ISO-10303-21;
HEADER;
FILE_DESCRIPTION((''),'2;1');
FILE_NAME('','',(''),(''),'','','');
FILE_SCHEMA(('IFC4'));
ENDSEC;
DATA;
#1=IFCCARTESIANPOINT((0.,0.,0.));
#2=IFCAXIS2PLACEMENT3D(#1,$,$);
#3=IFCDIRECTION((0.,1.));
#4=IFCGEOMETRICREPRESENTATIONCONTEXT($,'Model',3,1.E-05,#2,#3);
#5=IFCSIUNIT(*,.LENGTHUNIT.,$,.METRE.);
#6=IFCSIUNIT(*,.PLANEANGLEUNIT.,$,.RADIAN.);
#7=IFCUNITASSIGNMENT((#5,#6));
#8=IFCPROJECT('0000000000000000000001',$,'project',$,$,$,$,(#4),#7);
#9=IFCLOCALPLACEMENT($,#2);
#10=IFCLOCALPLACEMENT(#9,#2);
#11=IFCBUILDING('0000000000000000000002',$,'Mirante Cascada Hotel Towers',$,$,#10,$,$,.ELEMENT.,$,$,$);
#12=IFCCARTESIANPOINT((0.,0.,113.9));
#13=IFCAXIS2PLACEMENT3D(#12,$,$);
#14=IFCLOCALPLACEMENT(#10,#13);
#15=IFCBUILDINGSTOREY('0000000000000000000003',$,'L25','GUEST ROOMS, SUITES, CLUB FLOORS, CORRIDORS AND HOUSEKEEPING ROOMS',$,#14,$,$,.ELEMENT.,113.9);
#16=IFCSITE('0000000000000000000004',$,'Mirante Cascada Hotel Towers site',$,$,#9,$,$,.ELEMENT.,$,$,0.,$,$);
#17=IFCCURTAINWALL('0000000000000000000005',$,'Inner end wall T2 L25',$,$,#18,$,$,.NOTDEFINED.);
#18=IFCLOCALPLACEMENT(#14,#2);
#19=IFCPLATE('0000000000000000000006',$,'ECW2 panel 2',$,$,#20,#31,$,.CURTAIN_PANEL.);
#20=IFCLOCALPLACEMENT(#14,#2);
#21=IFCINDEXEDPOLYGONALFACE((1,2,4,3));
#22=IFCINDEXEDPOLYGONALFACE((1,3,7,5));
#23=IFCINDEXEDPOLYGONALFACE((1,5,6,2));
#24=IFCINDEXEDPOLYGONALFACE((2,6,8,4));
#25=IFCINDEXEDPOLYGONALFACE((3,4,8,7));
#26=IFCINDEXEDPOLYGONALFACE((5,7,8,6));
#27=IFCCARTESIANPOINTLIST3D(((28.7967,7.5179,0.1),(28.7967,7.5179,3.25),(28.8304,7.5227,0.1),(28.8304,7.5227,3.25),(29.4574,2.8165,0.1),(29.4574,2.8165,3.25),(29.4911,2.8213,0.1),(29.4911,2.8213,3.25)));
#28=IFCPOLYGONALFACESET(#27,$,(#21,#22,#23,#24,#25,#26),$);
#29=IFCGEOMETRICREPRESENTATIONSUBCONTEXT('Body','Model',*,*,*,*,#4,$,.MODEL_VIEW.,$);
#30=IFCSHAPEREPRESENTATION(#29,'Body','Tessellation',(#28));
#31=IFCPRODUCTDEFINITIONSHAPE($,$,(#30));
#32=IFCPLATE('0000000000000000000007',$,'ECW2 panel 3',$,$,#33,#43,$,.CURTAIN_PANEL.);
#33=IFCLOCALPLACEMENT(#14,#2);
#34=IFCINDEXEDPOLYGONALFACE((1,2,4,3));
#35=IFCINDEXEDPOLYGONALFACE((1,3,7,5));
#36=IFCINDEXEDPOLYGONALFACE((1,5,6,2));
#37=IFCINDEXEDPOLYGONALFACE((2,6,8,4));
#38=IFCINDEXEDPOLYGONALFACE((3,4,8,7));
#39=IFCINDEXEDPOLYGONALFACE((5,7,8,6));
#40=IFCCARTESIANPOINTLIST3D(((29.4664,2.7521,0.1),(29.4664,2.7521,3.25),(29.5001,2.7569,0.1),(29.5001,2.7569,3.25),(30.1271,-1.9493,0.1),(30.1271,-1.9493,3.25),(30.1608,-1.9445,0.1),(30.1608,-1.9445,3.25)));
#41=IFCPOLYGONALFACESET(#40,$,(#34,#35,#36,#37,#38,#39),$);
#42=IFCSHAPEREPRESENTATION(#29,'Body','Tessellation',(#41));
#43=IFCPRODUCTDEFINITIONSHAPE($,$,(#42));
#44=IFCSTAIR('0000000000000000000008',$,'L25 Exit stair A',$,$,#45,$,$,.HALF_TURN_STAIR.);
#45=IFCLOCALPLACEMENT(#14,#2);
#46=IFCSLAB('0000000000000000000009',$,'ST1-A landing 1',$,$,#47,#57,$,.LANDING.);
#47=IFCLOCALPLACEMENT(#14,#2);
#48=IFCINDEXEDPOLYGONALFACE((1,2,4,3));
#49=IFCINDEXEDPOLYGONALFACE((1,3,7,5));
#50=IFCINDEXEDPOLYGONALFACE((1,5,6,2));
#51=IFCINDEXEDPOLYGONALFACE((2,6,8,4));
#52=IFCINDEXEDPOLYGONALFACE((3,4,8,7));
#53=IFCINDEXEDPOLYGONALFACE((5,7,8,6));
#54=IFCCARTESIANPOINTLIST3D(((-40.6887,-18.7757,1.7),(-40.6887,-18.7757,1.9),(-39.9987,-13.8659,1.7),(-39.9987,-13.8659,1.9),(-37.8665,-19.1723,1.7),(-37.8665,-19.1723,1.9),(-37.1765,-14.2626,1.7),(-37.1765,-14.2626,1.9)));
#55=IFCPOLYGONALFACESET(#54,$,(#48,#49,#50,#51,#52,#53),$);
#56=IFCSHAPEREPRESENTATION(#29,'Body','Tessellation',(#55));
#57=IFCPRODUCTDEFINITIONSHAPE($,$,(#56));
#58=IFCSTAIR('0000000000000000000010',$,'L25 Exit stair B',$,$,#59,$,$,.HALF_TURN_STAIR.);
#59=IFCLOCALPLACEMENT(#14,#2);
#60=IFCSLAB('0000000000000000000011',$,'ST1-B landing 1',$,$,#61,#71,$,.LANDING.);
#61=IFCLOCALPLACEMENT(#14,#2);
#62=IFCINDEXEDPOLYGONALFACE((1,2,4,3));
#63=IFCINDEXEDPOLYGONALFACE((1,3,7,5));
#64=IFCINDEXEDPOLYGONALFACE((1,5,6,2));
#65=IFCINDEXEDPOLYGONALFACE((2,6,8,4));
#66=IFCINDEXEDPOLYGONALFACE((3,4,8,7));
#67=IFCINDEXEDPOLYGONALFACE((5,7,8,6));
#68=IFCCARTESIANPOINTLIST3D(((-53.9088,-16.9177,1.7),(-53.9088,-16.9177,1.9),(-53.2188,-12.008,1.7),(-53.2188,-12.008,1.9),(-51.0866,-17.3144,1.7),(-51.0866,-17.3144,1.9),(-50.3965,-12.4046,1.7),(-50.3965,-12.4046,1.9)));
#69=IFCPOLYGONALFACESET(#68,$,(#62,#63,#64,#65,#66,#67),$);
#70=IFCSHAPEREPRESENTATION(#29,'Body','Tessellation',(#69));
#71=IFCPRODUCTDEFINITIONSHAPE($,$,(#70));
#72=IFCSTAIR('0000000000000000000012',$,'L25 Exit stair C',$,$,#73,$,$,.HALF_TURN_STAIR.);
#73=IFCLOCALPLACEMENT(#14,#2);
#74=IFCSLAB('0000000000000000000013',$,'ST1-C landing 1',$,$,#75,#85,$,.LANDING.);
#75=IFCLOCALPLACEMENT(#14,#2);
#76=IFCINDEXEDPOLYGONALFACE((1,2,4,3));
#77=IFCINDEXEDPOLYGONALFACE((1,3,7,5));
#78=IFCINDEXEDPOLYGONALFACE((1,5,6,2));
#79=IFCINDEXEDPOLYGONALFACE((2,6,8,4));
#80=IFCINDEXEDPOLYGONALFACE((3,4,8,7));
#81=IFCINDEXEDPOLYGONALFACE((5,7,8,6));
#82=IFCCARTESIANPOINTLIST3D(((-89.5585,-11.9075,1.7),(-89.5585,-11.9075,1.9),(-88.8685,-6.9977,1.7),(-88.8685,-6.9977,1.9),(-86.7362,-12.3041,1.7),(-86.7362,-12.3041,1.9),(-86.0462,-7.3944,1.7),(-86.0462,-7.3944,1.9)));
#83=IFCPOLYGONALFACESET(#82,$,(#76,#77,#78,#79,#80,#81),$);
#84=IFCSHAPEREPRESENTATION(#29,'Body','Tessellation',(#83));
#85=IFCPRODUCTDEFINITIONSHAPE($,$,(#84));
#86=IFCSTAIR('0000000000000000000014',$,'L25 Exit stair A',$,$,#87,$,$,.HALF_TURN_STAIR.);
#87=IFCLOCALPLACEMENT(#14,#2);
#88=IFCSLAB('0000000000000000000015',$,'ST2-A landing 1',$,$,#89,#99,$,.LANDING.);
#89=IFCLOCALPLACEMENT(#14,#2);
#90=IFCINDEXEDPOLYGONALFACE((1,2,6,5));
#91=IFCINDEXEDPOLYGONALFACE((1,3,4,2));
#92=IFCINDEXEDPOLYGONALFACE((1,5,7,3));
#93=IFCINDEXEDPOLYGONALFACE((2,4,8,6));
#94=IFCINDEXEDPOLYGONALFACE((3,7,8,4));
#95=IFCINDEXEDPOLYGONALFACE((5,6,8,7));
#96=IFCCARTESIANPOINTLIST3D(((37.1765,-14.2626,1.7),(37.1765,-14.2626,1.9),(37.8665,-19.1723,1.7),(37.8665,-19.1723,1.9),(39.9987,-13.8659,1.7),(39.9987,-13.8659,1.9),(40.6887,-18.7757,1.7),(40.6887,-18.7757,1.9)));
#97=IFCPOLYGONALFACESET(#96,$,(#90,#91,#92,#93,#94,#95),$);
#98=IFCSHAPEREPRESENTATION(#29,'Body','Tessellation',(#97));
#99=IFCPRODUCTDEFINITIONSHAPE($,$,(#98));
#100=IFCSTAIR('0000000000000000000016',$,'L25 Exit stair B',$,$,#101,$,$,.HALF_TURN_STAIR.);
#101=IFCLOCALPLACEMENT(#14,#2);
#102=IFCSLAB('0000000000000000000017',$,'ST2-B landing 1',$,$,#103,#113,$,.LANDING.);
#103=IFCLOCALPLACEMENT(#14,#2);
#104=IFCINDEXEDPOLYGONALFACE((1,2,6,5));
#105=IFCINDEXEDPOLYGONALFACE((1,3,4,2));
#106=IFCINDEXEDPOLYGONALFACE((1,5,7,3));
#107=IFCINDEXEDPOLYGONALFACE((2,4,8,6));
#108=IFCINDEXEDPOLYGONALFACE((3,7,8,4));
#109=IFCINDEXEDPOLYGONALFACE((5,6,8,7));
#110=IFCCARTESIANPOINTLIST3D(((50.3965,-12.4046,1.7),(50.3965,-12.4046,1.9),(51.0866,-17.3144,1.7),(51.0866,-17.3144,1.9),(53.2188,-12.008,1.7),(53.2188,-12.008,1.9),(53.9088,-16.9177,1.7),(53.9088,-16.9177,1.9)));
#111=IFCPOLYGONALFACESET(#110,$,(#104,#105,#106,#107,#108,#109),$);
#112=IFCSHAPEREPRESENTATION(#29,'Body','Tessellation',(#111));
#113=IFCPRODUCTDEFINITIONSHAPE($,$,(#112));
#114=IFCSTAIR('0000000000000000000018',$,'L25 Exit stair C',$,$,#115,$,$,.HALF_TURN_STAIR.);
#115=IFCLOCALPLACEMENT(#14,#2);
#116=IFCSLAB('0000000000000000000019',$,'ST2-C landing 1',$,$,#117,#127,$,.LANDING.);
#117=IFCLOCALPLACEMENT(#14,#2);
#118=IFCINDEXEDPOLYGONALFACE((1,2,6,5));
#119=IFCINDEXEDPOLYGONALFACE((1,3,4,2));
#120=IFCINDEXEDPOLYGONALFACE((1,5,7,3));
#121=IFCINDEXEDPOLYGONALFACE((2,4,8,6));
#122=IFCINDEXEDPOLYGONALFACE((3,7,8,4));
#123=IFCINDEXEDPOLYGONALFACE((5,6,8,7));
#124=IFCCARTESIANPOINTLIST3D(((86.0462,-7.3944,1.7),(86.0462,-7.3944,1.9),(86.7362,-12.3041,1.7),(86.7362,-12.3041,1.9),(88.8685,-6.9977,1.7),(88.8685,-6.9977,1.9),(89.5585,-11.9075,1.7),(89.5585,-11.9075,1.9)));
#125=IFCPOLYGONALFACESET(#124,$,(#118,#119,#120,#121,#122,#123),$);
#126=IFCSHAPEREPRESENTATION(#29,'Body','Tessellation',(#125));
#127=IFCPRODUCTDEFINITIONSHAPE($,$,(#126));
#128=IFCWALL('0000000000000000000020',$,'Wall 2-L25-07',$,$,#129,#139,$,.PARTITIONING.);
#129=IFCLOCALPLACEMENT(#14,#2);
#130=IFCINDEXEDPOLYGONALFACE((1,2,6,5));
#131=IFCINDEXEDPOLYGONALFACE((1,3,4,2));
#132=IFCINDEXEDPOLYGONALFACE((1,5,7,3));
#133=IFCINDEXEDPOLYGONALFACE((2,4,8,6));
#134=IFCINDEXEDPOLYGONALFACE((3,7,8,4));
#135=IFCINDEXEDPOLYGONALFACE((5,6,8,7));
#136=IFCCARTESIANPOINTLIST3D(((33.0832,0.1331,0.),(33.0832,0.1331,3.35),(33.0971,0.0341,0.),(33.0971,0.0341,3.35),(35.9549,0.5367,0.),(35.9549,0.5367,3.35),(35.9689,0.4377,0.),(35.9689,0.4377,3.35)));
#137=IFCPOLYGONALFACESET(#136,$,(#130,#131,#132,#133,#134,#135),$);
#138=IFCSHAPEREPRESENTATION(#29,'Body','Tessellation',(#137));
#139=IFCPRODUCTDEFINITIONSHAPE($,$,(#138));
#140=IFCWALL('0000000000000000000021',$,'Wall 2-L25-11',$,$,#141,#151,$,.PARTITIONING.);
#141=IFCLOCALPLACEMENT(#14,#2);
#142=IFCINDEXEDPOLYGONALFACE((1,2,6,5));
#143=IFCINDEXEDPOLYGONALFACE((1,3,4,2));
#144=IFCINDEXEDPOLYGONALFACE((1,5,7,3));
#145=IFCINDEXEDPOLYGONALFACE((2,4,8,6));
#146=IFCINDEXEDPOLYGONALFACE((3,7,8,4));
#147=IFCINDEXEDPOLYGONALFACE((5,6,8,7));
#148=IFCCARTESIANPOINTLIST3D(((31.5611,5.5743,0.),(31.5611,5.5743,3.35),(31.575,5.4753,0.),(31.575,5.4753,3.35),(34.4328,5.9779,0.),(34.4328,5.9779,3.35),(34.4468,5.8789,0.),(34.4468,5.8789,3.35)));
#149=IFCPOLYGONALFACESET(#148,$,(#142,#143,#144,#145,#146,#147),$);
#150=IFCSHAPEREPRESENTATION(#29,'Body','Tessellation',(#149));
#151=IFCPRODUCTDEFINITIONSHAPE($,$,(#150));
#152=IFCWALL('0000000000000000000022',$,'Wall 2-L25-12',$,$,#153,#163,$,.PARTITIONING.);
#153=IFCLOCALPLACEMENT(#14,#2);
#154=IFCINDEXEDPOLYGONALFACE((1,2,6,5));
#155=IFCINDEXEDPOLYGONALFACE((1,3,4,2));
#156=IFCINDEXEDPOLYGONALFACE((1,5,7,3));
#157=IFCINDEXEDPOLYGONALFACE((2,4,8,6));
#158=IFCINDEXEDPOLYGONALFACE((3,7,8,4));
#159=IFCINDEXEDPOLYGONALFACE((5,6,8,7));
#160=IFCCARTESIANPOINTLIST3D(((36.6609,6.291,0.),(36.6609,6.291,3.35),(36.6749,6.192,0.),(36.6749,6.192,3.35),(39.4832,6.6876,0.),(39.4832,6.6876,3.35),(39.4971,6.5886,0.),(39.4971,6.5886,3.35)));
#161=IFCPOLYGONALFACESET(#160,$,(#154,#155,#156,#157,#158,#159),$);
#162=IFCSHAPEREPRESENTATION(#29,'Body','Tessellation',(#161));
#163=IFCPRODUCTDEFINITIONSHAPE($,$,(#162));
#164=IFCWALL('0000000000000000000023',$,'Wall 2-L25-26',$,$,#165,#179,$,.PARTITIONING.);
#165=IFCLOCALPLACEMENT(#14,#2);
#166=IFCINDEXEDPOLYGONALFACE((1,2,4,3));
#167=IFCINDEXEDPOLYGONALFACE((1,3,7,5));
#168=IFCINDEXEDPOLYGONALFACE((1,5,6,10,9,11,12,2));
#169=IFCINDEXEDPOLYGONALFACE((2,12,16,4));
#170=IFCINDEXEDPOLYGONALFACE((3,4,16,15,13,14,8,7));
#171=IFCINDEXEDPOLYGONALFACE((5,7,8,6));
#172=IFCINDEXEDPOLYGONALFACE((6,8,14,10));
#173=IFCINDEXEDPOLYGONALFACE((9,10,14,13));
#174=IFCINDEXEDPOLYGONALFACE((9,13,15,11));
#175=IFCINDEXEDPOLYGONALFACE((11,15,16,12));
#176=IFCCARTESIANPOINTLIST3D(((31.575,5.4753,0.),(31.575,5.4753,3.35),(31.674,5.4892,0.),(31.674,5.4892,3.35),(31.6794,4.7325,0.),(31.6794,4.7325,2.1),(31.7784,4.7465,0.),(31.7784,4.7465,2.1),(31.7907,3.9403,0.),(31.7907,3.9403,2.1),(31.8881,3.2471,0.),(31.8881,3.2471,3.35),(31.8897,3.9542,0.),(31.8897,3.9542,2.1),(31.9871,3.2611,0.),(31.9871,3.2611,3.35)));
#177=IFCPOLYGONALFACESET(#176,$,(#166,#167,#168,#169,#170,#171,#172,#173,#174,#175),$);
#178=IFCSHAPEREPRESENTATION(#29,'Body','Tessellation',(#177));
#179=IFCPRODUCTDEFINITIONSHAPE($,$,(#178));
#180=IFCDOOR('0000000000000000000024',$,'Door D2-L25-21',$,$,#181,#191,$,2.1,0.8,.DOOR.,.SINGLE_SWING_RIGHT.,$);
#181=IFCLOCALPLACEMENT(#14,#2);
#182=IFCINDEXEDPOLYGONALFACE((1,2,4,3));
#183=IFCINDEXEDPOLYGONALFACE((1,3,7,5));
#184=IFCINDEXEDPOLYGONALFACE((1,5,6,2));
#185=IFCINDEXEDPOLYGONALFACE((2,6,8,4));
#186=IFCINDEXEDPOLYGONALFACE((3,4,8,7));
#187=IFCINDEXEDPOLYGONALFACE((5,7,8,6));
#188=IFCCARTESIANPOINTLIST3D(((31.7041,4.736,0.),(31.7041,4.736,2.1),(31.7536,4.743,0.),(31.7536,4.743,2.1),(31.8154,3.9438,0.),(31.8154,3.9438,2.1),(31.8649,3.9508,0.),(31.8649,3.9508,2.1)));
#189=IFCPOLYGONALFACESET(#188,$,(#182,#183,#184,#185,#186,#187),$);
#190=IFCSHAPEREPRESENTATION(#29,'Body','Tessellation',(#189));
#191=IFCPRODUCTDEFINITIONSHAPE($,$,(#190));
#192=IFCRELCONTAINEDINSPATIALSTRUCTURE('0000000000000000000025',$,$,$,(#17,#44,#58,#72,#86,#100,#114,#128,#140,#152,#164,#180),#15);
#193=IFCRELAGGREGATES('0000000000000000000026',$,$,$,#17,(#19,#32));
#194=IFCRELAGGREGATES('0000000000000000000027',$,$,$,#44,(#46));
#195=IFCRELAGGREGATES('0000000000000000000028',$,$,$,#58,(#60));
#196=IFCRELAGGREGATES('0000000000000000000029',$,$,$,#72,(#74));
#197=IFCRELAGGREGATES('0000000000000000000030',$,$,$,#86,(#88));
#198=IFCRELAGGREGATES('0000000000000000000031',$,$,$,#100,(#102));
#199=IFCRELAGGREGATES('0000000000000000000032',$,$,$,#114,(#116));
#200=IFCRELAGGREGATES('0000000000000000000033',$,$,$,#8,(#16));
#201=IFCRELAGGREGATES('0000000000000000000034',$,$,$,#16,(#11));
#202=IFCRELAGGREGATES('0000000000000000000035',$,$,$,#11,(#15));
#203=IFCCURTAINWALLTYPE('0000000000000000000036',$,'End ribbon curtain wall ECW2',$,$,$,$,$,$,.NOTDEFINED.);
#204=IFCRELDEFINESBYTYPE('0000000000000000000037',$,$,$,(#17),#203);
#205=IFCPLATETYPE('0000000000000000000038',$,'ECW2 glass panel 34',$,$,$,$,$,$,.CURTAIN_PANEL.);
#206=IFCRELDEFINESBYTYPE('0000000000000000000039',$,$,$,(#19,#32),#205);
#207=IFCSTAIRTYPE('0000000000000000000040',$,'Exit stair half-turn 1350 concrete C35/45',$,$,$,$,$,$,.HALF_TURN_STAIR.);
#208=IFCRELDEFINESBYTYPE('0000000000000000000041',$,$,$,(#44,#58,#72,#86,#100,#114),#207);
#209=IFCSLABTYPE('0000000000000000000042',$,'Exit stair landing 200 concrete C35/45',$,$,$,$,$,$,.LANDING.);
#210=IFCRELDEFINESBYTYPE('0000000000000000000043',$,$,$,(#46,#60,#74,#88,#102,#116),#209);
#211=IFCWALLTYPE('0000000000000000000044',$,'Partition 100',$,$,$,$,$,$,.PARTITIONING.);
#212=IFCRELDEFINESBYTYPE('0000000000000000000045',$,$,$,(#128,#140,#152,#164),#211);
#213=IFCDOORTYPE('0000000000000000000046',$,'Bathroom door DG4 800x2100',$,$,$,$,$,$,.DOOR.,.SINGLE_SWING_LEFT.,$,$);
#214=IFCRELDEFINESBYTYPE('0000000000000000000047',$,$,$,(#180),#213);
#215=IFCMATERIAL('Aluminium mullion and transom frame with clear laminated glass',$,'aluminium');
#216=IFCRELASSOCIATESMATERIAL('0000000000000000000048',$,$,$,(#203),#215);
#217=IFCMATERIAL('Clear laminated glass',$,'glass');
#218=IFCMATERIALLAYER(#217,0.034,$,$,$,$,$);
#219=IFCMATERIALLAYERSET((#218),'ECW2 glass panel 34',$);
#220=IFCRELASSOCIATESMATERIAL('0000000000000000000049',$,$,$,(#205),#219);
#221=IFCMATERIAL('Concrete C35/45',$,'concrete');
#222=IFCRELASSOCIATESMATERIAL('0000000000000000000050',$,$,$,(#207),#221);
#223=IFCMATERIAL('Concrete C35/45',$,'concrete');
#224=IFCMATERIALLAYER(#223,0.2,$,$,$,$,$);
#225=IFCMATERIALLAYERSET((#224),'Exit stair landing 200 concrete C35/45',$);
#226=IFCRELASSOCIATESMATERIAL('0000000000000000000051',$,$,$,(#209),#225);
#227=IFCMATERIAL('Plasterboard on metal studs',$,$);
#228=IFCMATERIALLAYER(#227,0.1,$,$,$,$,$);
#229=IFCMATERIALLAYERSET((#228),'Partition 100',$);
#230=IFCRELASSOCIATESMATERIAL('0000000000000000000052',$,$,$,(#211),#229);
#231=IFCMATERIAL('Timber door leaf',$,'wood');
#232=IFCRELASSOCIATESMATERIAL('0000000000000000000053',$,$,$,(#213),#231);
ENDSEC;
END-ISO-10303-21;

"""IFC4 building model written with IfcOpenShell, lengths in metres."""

from ifc_helpers import new_model, si_unit, direction, frame, frame_2d, origin, origin_2d, place, context, subcontext, project, spatial, polyline, rectangle, outline, extrude, material, layer, layer_set, type_object, element, fill, aggregate, save


model = new_model("IFC4")

# Units and contexts
model_context = context("Model", 3, precision=1e-05, world=origin(), true_north=direction((0.0, 1.0)))
body_context = subcontext(model_context, "Body", "Model", "MODEL_VIEW")
ifc_project = project(units=[si_unit("LENGTHUNIT", "METRE"), si_unit("PLANEANGLEUNIT", "RADIAN")], contexts=[model_context])

# Site, building, storey
site_placement = place(None, origin())
site = spatial("IfcSite", under=ifc_project, at=site_placement, Name="Mirante Cascada Hotel Towers site", CompositionType="ELEMENT", RefElevation=0.0)
building_placement = place(site_placement, origin())
building = spatial("IfcBuilding", under=site, at=building_placement, Name="Mirante Cascada Hotel Towers", CompositionType="ELEMENT")
storey_placement = place(building_placement, frame((0.0, 0.0, 113.9)))
storey = spatial("IfcBuildingStorey", under=building, at=storey_placement, Name="L25", Description="GUEST ROOMS, SUITES, CLUB FLOORS, CORRIDORS AND HOUSEKEEPING ROOMS", CompositionType="ELEMENT", Elevation=113.9)

# Curtain wall
ifc_material_1 = material(Name="Aluminium mullion and transom frame with clear laminated glass", Category="aluminium")
curtain_wall_type_1 = type_object("IfcCurtainWallType", Name="End ribbon curtain wall ECW2", PredefinedType="NOTDEFINED", material=ifc_material_1)
curtain_wall_1_placement = place(storey_placement, origin())
curtain_wall_1 = element("IfcCurtainWall", 1, at=curtain_wall_1_placement, inside=storey, type_object=curtain_wall_type_1, Name="Inner end wall T2 L25", PredefinedType="NOTDEFINED")

# Plates
ifc_material_2 = material(Name="Clear laminated glass", Category="glass")
ifc_layer_1 = layer(ifc_material_2, 0.034)
ifc_layer_set_1 = layer_set([ifc_layer_1], Name="ECW2 glass panel 34")
plate_type_1 = type_object("IfcPlateType", Name="ECW2 glass panel 34", PredefinedType="CURTAIN_PANEL", material=ifc_layer_set_1)
plate_1_placement = place(storey_placement, frame((29.1439, 5.1696, 0.1), z_axis=(0.0, 0.0, 1.0), x_axis=(0.139173, -0.990268, 0.0)))
plate_1 = element("IfcPlate", 2, at=plate_1_placement, type_object=plate_type_1, Name="ECW2 panel 2", PredefinedType="CURTAIN_PANEL", context=body_context, shape_type="SweptSolid", body=[
    extrude(rectangle(XDim=4.7476, YDim=0.034, at=origin_2d()), origin(), (0.0, 0.0, 1.0), 3.15),
])
plate_2_placement = place(storey_placement, frame((29.8136, 0.4038, 0.1), z_axis=(0.0, 0.0, 1.0), x_axis=(0.139173, -0.990268, 0.0)))
plate_2 = element("IfcPlate", 3, at=plate_2_placement, type_object=plate_type_1, Name="ECW2 panel 3", PredefinedType="CURTAIN_PANEL", context=body_context, shape_type="SweptSolid", body=[
    extrude(rectangle(XDim=4.7476, YDim=0.034, at=origin_2d()), origin(), (0.0, 0.0, 1.0), 3.15),
])
aggregate(curtain_wall_1, [plate_1, plate_2])

# Stairs, slabs
ifc_material_3 = material(Name="Concrete C35/45", Category="concrete")
stair_type = type_object("IfcStairType", Name="Exit stair half-turn 1350 concrete C35/45", PredefinedType="HALF_TURN_STAIR", material=ifc_material_3)
stair_1_placement = place(storey_placement, origin())
stair_1 = element("IfcStair", 4, at=stair_1_placement, inside=storey, type_object=stair_type, Name="L25 Exit stair A", PredefinedType="HALF_TURN_STAIR")
ifc_material_4 = material(Name="Concrete C35/45", Category="concrete")
ifc_layer_2 = layer(ifc_material_4, 0.2)
ifc_layer_set_2 = layer_set([ifc_layer_2], Name="Exit stair landing 200 concrete C35/45")
slab_type = type_object("IfcSlabType", Name="Exit stair landing 200 concrete C35/45", PredefinedType="LANDING", material=ifc_layer_set_2)
slab_1_placement = place(storey_placement, frame((0.0, 0.0, 1.7)))
slab_1 = element("IfcSlab", 5, at=slab_1_placement, type_object=slab_type, Name="ST1-A landing 1", PredefinedType="LANDING", context=body_context, shape_type="SweptSolid", body=[
    extrude(outline(polyline([(-39.9987, -13.8659), (-40.6887, -18.7757), (-37.8665, -19.1723), (-37.1765, -14.2626), (-39.9987, -13.8659)])), origin(), (0.0, 0.0, 1.0), 0.2),
])
aggregate(stair_1, [slab_1])
stair_2_placement = place(storey_placement, origin())
stair_2 = element("IfcStair", 6, at=stair_2_placement, inside=storey, type_object=stair_type, Name="L25 Exit stair B", PredefinedType="HALF_TURN_STAIR")
slab_2_placement = place(storey_placement, frame((0.0, 0.0, 1.7)))
slab_2 = element("IfcSlab", 7, at=slab_2_placement, type_object=slab_type, Name="ST1-B landing 1", PredefinedType="LANDING", context=body_context, shape_type="SweptSolid", body=[
    extrude(outline(polyline([(-53.2188, -12.008), (-53.9088, -16.9177), (-51.0866, -17.3144), (-50.3965, -12.4046), (-53.2188, -12.008)])), origin(), (0.0, 0.0, 1.0), 0.2),
])
aggregate(stair_2, [slab_2])
stair_3_placement = place(storey_placement, origin())
stair_3 = element("IfcStair", 8, at=stair_3_placement, inside=storey, type_object=stair_type, Name="L25 Exit stair C", PredefinedType="HALF_TURN_STAIR")
slab_3_placement = place(storey_placement, frame((0.0, 0.0, 1.7)))
slab_3 = element("IfcSlab", 9, at=slab_3_placement, type_object=slab_type, Name="ST1-C landing 1", PredefinedType="LANDING", context=body_context, shape_type="SweptSolid", body=[
    extrude(outline(polyline([(-88.8685, -6.9977), (-89.5585, -11.9075), (-86.7362, -12.3041), (-86.0462, -7.3944), (-88.8685, -6.9977)])), origin(), (0.0, 0.0, 1.0), 0.2),
])
aggregate(stair_3, [slab_3])
stair_4_placement = place(storey_placement, origin())
stair_4 = element("IfcStair", 10, at=stair_4_placement, inside=storey, type_object=stair_type, Name="L25 Exit stair A", PredefinedType="HALF_TURN_STAIR")
slab_4_placement = place(storey_placement, frame((0.0, 0.0, 1.7)))
slab_4 = element("IfcSlab", 11, at=slab_4_placement, type_object=slab_type, Name="ST2-A landing 1", PredefinedType="LANDING", context=body_context, shape_type="SweptSolid", body=[
    extrude(outline(polyline([(37.1765, -14.2626), (37.8665, -19.1723), (40.6887, -18.7757), (39.9987, -13.8659), (37.1765, -14.2626)])), origin(), (0.0, 0.0, 1.0), 0.2),
])
aggregate(stair_4, [slab_4])
stair_5_placement = place(storey_placement, origin())
stair_5 = element("IfcStair", 12, at=stair_5_placement, inside=storey, type_object=stair_type, Name="L25 Exit stair B", PredefinedType="HALF_TURN_STAIR")
slab_5_placement = place(storey_placement, frame((0.0, 0.0, 1.7)))
slab_5 = element("IfcSlab", 13, at=slab_5_placement, type_object=slab_type, Name="ST2-B landing 1", PredefinedType="LANDING", context=body_context, shape_type="SweptSolid", body=[
    extrude(outline(polyline([(50.3965, -12.4046), (51.0866, -17.3144), (53.9088, -16.9177), (53.2188, -12.008), (50.3965, -12.4046)])), origin(), (0.0, 0.0, 1.0), 0.2),
])
aggregate(stair_5, [slab_5])
stair_6_placement = place(storey_placement, origin())
stair_6 = element("IfcStair", 14, at=stair_6_placement, inside=storey, type_object=stair_type, Name="L25 Exit stair C", PredefinedType="HALF_TURN_STAIR")
slab_6_placement = place(storey_placement, frame((0.0, 0.0, 1.7)))
slab_6 = element("IfcSlab", 15, at=slab_6_placement, type_object=slab_type, Name="ST2-C landing 1", PredefinedType="LANDING", context=body_context, shape_type="SweptSolid", body=[
    extrude(outline(polyline([(86.0462, -7.3944), (86.7362, -12.3041), (89.5585, -11.9075), (88.8685, -6.9977), (86.0462, -7.3944)])), origin(), (0.0, 0.0, 1.0), 0.2),
])
aggregate(stair_6, [slab_6])

# Walls
ifc_material_5 = material(Name="Plasterboard on metal studs")
ifc_layer_3 = layer(ifc_material_5, 0.1)
ifc_layer_set_3 = layer_set([ifc_layer_3], Name="Partition 100")
wall_type_1 = type_object("IfcWallType", Name="Partition 100", PredefinedType="PARTITIONING", material=ifc_layer_set_3)
for number, where, z_axis, x_axis, name in (
    (16, (35.9619, 0.4872, 0.0), (0.0, 0.0, 1.0), (-0.990268, -0.139171, 0.0), "Wall 2-L25-07"),
    (17, (34.4398, 5.9284, 0.0), (0.0, 0.0, 1.0), (-0.990268, -0.139171, 0.0), "Wall 2-L25-11"),
):
    element("IfcWall", number, at=place(storey_placement, frame(where, z_axis=z_axis, x_axis=x_axis)), inside=storey, type_object=wall_type_1, Name=name, PredefinedType="PARTITIONING", context=body_context, shape_type="SweptSolid", body=[
        extrude(rectangle(XDim=2.9, YDim=0.1, at=frame_2d((1.45, 0.0))), origin(), (0.0, 0.0, 1.0), 3.35),
    ])
wall_1_placement = place(storey_placement, frame((36.6679, 6.2415, 0.0), z_axis=(0.0, 0.0, 1.0), x_axis=(0.99027, 0.139156, 0.0)))
element("IfcWall", 18, at=wall_1_placement, inside=storey, type_object=wall_type_1, Name="Wall 2-L25-12", PredefinedType="PARTITIONING", context=body_context, shape_type="SweptSolid", body=[
    extrude(rectangle(XDim=2.85, YDim=0.1, at=frame_2d((1.425, 0.0))), origin(), (0.0, 0.0, 1.0), 3.35),
])

# Wall, opening, door
wall_2_placement = place(storey_placement, frame((31.9376, 3.2541, 0.0), z_axis=(0.0, 0.0, 1.0), x_axis=(-0.139156, 0.990271, 0.0)))
wall_2 = element("IfcWall", 19, at=wall_2_placement, inside=storey, type_object=wall_type_1, Name="Wall 2-L25-26", PredefinedType="PARTITIONING", context=body_context, shape_type="SweptSolid", body=[
    extrude(rectangle(XDim=2.25, YDim=0.1, at=frame_2d((1.125, 0.0))), origin(), (0.0, 0.0, 1.0), 3.35),
])
opening_1_placement = place(wall_2_placement, frame((0.7, 0.0, 0.0)))
opening_1 = element("IfcOpeningElement", 20, at=opening_1_placement, cuts=wall_2, PredefinedType="OPENING", context=body_context, shape_type="SweptSolid", body=[
    extrude(rectangle(XDim=0.8, YDim=2.1, at=frame_2d((0.4, 1.05))), frame((0.0, 0.05, 0.0), z_axis=(0.0, -1.0, 0.0), x_axis=(1.0, 0.0, 0.0)), (0.0, 0.0, 1.0), 0.1),
])
ifc_material_6 = material(Name="Timber door leaf", Category="wood")
door_type_1 = type_object("IfcDoorType", Name="Bathroom door DG4 800x2100", OperationType="SINGLE_SWING_LEFT", PredefinedType="DOOR", material=ifc_material_6)
door_1_placement = place(opening_1_placement, frame((0.8, 0.0, 0.0), z_axis=(0.0, 0.0, 1.0), x_axis=(-1.0, 0.0, 0.0)))
door_1 = element("IfcDoor", 21, at=door_1_placement, inside=storey, type_object=door_type_1, Name="Door D2-L25-21", OperationType="SINGLE_SWING_RIGHT", OverallHeight=2.1, OverallWidth=0.8, PredefinedType="DOOR", context=body_context, shape_type="SweptSolid", body=[
    extrude(rectangle(XDim=0.8, YDim=2.1, at=frame_2d((0.4, 1.05))), frame((0.0, 0.025, 0.0), z_axis=(0.0, -1.0, 0.0), x_axis=(1.0, 0.0, 0.0)), (0.0, 0.0, 1.0), 0.05),
])
fill(opening_1, door_1)

save(model, "model.ifc")
